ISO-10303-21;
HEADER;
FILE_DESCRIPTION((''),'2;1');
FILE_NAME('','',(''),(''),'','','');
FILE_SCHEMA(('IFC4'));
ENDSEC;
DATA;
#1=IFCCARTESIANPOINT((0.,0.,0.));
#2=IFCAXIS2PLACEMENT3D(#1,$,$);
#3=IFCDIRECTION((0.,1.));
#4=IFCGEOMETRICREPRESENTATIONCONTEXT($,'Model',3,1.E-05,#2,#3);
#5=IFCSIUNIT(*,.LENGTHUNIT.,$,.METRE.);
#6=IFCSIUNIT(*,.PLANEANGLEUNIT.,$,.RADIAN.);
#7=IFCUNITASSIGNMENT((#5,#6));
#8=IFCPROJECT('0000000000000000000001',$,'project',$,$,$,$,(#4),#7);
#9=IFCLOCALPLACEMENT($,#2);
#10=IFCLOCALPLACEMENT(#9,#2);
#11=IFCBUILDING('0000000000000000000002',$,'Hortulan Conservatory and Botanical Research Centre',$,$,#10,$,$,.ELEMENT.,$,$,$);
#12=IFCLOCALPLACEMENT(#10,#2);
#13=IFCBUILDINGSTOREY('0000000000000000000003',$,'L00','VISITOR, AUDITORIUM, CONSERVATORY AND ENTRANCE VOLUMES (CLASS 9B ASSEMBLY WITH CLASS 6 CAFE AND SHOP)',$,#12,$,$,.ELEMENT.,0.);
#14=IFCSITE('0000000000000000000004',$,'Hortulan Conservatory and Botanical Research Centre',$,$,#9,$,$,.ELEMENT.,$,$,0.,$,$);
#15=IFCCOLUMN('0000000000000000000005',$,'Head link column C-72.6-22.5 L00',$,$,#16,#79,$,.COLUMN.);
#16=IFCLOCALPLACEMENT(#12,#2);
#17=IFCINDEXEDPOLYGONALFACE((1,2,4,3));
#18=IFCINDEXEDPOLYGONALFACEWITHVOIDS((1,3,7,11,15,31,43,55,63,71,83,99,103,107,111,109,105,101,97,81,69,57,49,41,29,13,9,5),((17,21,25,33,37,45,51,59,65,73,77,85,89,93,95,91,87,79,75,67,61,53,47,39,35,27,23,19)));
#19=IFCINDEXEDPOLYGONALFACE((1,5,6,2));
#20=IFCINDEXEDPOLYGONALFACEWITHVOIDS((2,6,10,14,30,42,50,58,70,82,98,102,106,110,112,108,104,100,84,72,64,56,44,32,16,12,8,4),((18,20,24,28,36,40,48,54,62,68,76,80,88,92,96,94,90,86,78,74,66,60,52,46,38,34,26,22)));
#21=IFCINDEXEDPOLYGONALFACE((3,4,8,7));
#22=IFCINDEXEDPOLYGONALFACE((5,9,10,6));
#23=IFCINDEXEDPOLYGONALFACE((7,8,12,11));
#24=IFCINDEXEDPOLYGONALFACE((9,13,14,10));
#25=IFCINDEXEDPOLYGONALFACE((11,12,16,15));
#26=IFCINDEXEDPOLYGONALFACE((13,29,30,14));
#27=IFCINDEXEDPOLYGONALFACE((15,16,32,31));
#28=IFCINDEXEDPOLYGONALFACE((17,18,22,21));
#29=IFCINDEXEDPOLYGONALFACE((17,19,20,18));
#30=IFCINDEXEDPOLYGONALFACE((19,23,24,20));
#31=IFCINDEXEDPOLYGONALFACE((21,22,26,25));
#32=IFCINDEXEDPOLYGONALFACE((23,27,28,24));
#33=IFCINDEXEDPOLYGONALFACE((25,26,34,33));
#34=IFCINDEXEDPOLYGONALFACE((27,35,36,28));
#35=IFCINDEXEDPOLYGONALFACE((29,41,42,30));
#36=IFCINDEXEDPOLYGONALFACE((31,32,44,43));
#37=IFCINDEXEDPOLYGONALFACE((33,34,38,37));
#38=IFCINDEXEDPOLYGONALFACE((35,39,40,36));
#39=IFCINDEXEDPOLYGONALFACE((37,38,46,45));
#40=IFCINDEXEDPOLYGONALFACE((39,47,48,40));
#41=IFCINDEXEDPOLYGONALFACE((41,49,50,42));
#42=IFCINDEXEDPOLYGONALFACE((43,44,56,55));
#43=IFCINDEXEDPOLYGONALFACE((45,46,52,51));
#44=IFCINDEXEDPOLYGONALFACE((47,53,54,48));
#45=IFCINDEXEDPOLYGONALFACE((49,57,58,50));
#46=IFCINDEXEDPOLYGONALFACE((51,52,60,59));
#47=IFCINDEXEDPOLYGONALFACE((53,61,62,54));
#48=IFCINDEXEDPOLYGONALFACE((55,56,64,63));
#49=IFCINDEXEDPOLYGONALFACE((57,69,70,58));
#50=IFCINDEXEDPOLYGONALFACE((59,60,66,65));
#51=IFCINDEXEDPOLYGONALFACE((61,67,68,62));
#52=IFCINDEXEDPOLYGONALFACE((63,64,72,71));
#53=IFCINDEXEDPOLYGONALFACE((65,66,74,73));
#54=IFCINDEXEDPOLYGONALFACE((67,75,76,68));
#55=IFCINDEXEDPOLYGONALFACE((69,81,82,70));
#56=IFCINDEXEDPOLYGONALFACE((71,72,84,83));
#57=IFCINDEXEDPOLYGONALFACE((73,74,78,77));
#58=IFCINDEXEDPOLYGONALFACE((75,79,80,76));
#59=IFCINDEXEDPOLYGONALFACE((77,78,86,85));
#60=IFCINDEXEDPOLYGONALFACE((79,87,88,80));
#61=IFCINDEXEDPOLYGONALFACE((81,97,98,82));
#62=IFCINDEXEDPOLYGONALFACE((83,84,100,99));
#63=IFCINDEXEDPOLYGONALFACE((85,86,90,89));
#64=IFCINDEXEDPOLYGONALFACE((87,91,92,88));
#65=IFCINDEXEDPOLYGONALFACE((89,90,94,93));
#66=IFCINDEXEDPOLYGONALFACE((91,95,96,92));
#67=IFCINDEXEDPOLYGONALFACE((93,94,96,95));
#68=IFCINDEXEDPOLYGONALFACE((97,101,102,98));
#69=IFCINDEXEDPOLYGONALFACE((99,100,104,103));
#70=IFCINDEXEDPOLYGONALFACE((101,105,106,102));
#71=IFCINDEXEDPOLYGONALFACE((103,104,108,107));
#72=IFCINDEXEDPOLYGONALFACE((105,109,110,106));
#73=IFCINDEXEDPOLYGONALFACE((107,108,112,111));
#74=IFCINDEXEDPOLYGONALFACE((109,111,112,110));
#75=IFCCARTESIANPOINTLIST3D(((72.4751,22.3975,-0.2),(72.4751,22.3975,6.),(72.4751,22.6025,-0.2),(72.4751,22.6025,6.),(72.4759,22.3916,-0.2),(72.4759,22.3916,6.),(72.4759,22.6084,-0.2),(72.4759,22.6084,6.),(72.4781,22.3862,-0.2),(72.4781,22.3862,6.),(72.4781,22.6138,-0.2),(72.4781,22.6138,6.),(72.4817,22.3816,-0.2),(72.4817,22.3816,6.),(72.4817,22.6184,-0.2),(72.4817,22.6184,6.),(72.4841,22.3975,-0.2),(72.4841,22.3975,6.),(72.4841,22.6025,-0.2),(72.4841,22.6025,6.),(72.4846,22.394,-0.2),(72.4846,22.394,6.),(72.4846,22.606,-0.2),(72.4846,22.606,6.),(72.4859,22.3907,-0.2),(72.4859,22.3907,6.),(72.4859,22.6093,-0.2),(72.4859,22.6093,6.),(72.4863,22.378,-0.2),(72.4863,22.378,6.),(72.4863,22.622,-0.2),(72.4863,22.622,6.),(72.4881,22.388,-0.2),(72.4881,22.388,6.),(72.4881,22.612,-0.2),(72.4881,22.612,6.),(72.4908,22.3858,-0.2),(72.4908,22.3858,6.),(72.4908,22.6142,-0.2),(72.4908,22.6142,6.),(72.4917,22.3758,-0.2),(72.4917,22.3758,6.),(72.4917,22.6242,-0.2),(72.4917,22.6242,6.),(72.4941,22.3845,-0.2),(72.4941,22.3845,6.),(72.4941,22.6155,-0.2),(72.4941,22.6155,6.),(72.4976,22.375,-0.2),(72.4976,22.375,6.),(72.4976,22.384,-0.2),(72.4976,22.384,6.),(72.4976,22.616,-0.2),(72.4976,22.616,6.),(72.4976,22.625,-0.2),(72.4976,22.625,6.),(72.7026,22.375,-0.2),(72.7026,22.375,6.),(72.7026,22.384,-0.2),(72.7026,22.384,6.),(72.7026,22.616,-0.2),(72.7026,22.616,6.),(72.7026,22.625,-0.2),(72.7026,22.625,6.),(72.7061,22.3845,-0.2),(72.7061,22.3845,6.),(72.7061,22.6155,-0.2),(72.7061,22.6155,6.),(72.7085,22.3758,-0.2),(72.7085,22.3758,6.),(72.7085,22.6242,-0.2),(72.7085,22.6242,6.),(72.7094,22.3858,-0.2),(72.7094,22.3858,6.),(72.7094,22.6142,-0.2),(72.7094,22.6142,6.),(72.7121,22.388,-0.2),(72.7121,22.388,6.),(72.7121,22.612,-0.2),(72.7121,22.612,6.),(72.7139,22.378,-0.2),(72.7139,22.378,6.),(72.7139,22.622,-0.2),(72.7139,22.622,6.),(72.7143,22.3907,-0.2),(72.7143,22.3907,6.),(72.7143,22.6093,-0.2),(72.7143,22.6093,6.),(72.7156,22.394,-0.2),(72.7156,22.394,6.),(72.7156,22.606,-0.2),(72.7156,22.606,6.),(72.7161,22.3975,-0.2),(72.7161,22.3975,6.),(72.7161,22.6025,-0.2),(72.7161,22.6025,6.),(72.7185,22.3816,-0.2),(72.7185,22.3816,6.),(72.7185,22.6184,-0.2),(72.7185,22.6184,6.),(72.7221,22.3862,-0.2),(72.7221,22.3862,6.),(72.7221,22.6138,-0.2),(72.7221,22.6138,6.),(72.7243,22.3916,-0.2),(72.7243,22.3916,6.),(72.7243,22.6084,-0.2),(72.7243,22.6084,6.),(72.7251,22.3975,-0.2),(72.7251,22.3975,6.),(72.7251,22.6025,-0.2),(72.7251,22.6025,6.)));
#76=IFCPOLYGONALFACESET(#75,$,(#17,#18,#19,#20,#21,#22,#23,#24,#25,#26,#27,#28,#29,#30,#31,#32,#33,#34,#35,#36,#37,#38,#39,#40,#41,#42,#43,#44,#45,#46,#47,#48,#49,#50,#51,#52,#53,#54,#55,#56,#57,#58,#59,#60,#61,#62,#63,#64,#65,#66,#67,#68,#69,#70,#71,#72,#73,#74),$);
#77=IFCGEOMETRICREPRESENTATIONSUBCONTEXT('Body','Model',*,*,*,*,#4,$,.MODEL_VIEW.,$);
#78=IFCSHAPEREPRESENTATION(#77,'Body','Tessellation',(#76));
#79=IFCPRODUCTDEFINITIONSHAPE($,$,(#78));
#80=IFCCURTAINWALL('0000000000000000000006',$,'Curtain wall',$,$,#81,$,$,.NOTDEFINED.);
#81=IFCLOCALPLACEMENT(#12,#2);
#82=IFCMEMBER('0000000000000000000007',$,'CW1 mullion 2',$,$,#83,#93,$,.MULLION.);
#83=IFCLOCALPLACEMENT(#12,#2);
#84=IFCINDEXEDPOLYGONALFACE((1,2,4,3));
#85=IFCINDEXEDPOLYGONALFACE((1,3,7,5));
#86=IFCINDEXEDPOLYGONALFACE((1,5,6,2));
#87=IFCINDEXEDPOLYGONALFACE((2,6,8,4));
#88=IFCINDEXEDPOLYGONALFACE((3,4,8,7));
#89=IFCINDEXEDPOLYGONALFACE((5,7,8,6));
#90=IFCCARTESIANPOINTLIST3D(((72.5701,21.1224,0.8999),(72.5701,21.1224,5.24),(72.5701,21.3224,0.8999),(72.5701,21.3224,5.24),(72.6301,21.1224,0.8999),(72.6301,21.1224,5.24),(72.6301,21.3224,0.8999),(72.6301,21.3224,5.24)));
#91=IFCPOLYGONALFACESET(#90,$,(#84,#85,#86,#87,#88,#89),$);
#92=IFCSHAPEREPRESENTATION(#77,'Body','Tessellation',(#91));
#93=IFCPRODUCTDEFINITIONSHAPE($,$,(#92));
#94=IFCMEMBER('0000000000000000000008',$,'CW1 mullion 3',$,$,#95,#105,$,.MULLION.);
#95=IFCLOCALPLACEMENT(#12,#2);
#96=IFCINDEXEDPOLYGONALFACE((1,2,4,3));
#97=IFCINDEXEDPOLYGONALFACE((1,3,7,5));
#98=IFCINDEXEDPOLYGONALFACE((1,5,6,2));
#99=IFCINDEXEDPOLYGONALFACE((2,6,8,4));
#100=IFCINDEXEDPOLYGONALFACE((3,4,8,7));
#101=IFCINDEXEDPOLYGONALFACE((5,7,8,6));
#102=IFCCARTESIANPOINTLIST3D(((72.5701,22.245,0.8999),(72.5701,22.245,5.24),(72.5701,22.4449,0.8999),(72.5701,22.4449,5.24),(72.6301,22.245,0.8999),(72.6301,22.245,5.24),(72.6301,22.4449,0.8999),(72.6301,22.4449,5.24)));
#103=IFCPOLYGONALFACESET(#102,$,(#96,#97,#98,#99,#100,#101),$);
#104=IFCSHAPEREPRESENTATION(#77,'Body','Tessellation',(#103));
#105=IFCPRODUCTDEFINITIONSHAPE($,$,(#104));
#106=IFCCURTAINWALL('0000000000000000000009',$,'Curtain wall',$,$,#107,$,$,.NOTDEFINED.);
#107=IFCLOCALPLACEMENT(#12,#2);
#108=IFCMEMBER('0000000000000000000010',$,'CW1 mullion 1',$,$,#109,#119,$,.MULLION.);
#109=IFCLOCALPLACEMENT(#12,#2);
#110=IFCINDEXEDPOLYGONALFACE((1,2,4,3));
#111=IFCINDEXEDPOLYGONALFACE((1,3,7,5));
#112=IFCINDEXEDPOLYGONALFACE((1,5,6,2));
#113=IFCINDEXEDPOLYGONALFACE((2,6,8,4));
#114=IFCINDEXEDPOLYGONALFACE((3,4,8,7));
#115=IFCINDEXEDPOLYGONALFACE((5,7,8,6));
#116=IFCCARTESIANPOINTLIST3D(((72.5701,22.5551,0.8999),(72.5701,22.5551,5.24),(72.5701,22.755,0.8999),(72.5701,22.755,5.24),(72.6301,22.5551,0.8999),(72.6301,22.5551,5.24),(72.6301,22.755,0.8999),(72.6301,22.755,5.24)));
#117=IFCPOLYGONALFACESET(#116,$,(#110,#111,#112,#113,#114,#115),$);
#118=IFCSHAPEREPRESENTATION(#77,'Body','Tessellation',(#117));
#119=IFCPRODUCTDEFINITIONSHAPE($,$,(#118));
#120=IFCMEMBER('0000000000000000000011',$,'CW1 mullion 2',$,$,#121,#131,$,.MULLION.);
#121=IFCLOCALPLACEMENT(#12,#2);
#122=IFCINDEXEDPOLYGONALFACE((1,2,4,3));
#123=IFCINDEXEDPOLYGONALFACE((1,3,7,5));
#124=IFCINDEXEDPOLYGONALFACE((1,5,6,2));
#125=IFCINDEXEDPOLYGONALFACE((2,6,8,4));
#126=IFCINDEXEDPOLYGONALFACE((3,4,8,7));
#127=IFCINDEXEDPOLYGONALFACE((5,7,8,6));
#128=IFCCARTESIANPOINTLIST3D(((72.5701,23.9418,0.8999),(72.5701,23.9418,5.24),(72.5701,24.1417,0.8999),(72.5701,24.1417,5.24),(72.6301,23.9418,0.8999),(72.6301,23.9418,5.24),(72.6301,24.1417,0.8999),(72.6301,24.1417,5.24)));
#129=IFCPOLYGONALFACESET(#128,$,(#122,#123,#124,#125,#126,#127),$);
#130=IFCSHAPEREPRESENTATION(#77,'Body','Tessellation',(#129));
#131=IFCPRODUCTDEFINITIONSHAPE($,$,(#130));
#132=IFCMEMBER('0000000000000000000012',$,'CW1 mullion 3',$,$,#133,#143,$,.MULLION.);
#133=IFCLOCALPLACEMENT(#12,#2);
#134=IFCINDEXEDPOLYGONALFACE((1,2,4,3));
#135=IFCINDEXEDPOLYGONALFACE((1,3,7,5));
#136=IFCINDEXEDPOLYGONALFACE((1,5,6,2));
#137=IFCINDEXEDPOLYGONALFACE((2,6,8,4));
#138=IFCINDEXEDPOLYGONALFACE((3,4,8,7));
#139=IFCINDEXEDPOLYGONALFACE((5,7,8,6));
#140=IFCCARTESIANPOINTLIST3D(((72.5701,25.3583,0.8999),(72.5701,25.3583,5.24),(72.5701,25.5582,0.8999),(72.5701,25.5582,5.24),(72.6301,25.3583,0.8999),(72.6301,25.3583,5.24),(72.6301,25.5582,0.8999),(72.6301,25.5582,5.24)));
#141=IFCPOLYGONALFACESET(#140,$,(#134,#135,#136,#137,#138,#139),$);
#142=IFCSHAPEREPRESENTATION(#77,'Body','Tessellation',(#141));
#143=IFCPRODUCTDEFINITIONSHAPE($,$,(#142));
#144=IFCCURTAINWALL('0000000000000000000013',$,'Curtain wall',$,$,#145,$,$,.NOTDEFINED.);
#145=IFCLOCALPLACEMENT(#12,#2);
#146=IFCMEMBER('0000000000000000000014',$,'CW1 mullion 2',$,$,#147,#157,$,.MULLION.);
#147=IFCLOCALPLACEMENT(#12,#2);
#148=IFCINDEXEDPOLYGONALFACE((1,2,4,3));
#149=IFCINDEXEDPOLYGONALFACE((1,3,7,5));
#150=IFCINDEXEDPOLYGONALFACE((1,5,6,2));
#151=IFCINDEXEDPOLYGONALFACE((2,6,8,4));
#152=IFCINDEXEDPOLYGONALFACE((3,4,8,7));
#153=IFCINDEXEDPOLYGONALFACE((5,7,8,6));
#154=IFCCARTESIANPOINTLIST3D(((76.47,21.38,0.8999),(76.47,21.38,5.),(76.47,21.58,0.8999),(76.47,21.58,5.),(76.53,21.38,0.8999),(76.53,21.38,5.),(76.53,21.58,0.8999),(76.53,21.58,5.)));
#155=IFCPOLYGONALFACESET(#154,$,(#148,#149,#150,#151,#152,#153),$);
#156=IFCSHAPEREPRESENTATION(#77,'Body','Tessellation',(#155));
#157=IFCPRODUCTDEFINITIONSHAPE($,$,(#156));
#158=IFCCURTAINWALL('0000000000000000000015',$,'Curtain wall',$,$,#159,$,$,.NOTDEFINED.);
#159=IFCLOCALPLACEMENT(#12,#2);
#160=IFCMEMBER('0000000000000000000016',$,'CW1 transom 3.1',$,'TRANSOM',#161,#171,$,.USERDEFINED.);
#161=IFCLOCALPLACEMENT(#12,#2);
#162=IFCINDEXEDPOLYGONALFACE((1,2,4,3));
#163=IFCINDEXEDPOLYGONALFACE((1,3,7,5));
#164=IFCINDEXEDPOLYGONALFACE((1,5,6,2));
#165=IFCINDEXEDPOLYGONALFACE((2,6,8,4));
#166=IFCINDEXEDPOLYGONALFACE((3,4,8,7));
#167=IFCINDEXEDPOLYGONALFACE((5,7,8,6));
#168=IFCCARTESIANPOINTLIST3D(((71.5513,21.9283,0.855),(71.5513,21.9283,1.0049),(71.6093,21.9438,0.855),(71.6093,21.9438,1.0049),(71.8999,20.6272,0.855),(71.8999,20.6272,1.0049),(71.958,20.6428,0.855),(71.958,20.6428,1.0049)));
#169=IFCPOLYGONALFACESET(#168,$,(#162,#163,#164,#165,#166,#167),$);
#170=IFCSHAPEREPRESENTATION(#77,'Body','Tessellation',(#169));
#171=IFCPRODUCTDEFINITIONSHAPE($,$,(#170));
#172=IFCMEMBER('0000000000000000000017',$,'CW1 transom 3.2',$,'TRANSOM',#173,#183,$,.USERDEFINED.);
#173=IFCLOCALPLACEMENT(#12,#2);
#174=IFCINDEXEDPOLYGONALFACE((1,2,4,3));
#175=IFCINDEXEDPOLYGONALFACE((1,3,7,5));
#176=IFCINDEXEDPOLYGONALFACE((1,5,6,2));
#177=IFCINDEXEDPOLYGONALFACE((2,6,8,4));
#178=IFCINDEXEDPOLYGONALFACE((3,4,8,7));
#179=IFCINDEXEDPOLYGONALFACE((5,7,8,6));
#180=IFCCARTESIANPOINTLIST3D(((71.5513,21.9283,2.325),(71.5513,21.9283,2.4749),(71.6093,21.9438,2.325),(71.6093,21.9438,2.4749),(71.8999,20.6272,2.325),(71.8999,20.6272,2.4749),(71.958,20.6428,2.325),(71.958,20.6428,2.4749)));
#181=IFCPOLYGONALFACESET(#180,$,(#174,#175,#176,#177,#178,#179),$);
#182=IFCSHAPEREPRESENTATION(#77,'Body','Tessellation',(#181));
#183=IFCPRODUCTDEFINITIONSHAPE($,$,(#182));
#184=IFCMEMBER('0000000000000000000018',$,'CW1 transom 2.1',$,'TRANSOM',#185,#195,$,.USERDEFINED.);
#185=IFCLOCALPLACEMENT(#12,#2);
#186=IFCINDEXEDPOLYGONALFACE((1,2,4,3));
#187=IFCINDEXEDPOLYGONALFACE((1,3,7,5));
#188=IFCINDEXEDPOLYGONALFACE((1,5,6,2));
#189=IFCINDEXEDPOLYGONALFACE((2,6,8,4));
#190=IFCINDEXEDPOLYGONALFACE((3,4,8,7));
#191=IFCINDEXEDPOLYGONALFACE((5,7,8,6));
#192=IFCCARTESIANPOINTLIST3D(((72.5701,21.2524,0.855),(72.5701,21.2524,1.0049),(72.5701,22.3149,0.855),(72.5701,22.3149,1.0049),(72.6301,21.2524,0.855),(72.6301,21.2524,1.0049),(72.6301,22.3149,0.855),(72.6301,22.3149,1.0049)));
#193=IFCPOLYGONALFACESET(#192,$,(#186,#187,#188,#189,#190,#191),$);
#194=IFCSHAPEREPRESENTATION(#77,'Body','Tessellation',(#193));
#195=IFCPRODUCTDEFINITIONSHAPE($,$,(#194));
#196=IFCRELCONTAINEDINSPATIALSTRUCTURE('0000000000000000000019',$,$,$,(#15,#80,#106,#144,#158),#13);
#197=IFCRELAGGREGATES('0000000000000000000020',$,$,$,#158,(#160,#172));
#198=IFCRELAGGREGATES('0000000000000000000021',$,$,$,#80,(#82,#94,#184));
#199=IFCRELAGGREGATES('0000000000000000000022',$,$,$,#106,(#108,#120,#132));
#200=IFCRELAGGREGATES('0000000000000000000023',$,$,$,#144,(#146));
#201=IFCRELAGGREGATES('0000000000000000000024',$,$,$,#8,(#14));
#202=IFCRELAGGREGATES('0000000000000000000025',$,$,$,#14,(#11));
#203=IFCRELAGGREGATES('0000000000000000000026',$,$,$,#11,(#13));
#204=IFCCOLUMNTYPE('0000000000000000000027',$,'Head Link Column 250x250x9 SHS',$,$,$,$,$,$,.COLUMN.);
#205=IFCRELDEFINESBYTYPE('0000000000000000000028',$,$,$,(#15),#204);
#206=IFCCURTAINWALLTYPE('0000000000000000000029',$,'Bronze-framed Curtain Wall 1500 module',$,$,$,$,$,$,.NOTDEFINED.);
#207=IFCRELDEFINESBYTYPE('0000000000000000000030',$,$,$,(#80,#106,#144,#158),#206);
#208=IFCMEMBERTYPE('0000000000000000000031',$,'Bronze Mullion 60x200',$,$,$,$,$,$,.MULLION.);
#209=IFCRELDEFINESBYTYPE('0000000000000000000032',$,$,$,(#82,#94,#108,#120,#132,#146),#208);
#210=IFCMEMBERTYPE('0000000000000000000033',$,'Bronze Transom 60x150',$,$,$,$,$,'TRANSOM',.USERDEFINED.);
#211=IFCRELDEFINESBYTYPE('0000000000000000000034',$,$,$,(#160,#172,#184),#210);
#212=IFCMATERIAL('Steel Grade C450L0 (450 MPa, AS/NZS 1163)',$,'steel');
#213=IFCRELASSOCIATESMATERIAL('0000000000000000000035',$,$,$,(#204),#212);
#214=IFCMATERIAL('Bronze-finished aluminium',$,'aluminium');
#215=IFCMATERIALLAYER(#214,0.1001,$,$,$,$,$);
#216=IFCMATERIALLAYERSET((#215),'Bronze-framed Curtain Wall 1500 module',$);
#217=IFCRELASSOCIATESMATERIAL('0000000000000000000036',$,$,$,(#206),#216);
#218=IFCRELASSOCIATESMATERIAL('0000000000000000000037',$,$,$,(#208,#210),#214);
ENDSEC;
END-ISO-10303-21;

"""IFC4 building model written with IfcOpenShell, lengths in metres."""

from ifc_helpers import new_model, si_unit, direction, frame, origin, origin_2d, place, context, subcontext, project, spatial, rectangle, hollow_rectangle, extrude, material, layer, layer_set, material_profile, profile_set, type_object, element, aggregate, save


model = new_model("IFC4")

# Units and contexts
model_context = context("Model", 3, precision=1e-05, world=origin(), true_north=direction((0.0, 1.0)))
body_context = subcontext(model_context, "Body", "Model", "MODEL_VIEW")
ifc_project = project(units=[si_unit("LENGTHUNIT", "METRE"), si_unit("PLANEANGLEUNIT", "RADIAN")], contexts=[model_context])

# Site, building, storey
site_placement = place(None, origin())
site = spatial("IfcSite", under=ifc_project, at=site_placement, Name="Hortulan Conservatory and Botanical Research Centre", CompositionType="ELEMENT", RefElevation=0.0)
building_placement = place(site_placement, origin())
building = spatial("IfcBuilding", under=site, at=building_placement, Name="Hortulan Conservatory and Botanical Research Centre", CompositionType="ELEMENT")
storey_placement = place(building_placement, origin())
storey = spatial("IfcBuildingStorey", under=building, at=storey_placement, Name="L00", Description="VISITOR, AUDITORIUM, CONSERVATORY AND ENTRANCE VOLUMES (CLASS 9B ASSEMBLY WITH CLASS 6 CAFE AND SHOP)", CompositionType="ELEMENT", Elevation=0.0)

# Column
ifc_material_1 = material(Name="Steel Grade C450L0 (450 MPa, AS/NZS 1163)", Category="steel")
ifc_material_profile_1 = material_profile(ifc_material_1, hollow_rectangle(XDim=0.25, YDim=0.25, WallThickness=0.009, InnerFilletRadius=0.0134, OuterFilletRadius=0.0225, at=origin_2d()), Name="250x250x9SHS")
ifc_profile_set_1 = profile_set([ifc_material_profile_1], Name="Steel Grade C450L0 (450 MPa, AS/NZS 1163)")
column_type = type_object("IfcColumnType", Name="Head Link Column 250x250x9 SHS", PredefinedType="COLUMN", material=ifc_profile_set_1)
column_placement = place(storey_placement, frame((72.6001, 22.5, -0.2), z_axis=(0.0, 0.0, 1.0), x_axis=(1.0, 0.0, 0.0)))
element("IfcColumn", 1, at=column_placement, inside=storey, type_object=column_type, Name="Head link column C-72.6-22.5 L00", PredefinedType="COLUMN", context=body_context, shape_type="SweptSolid", body=[
    extrude(hollow_rectangle(XDim=0.25, YDim=0.25, WallThickness=0.009, InnerFilletRadius=0.0134, OuterFilletRadius=0.0225, at=origin_2d()), origin(), (0.0, 0.0, 1.0), 6.2),
])

# Curtain walls, members
ifc_material_2 = material(Name="Bronze-finished aluminium", Category="aluminium")
ifc_layer_1 = layer(ifc_material_2, 0.1001)
ifc_layer_set_1 = layer_set([ifc_layer_1], Name="Bronze-framed Curtain Wall 1500 module")
curtain_wall_type = type_object("IfcCurtainWallType", Name="Bronze-framed Curtain Wall 1500 module", PredefinedType="NOTDEFINED", material=ifc_layer_set_1)
curtain_wall_1_placement = place(storey_placement, origin())
curtain_wall_1 = element("IfcCurtainWall", 2, at=curtain_wall_1_placement, inside=storey, type_object=curtain_wall_type, Name="Curtain wall", PredefinedType="NOTDEFINED")
ifc_material_profile_2 = material_profile(ifc_material_2, rectangle(XDim=0.0601, YDim=0.2, at=origin_2d()), Name="Bronze Mullion 60x200")
ifc_profile_set_2 = profile_set([ifc_material_profile_2], Name="Bronze-finished aluminium")
member_type_1 = type_object("IfcMemberType", Name="Bronze Mullion 60x200", PredefinedType="MULLION", material=ifc_profile_set_2)
member_1_placement = place(storey_placement, frame((72.6001, 21.2224, 0.8999), z_axis=(0.0, 0.0, 1.0), x_axis=(-1.0, 0.0, 0.0)))
member_1 = element("IfcMember", 3, at=member_1_placement, type_object=member_type_1, Name="CW1 mullion 2", PredefinedType="MULLION", context=body_context, shape_type="SweptSolid", body=[
    extrude(rectangle(XDim=0.0601, YDim=0.2, at=origin_2d()), origin(), (0.0, 0.0, 1.0), 4.3401),
])
member_2_placement = place(storey_placement, frame((72.6001, 22.345, 0.8999), z_axis=(0.0, 0.0, 1.0), x_axis=(-1.0, 0.0, 0.0)))
member_2 = element("IfcMember", 4, at=member_2_placement, type_object=member_type_1, Name="CW1 mullion 3", PredefinedType="MULLION", context=body_context, shape_type="SweptSolid", body=[
    extrude(rectangle(XDim=0.0601, YDim=0.2, at=origin_2d()), origin(), (0.0, 0.0, 1.0), 4.3401),
])
curtain_wall_2_placement = place(storey_placement, origin())
curtain_wall_2 = element("IfcCurtainWall", 5, at=curtain_wall_2_placement, inside=storey, type_object=curtain_wall_type, Name="Curtain wall", PredefinedType="NOTDEFINED")
member_3_placement = place(storey_placement, frame((72.6001, 22.655, 0.8999), z_axis=(0.0, 0.0, 1.0), x_axis=(-1.0, 0.0, 0.0)))
member_3 = element("IfcMember", 6, at=member_3_placement, type_object=member_type_1, Name="CW1 mullion 1", PredefinedType="MULLION", context=body_context, shape_type="SweptSolid", body=[
    extrude(rectangle(XDim=0.0601, YDim=0.2, at=origin_2d()), origin(), (0.0, 0.0, 1.0), 4.3401),
])
member_4_placement = place(storey_placement, frame((72.6001, 24.0417, 0.8999), z_axis=(0.0, 0.0, 1.0), x_axis=(-1.0, 0.0, 0.0)))
member_4 = element("IfcMember", 7, at=member_4_placement, type_object=member_type_1, Name="CW1 mullion 2", PredefinedType="MULLION", context=body_context, shape_type="SweptSolid", body=[
    extrude(rectangle(XDim=0.0601, YDim=0.2, at=origin_2d()), origin(), (0.0, 0.0, 1.0), 4.3401),
])
member_5_placement = place(storey_placement, frame((72.6001, 25.4583, 0.8999), z_axis=(0.0, 0.0, 1.0), x_axis=(-1.0, 0.0, 0.0)))
member_5 = element("IfcMember", 8, at=member_5_placement, type_object=member_type_1, Name="CW1 mullion 3", PredefinedType="MULLION", context=body_context, shape_type="SweptSolid", body=[
    extrude(rectangle(XDim=0.0601, YDim=0.2, at=origin_2d()), origin(), (0.0, 0.0, 1.0), 4.3401),
])

# Curtain wall, member
curtain_wall_3_placement = place(storey_placement, origin())
curtain_wall_3 = element("IfcCurtainWall", 9, at=curtain_wall_3_placement, inside=storey, type_object=curtain_wall_type, Name="Curtain wall", PredefinedType="NOTDEFINED")
member_6_placement = place(storey_placement, frame((76.5, 21.48, 0.8999), z_axis=(0.0, 0.0, 1.0), x_axis=(1.0, 0.0, 0.0)))
member_6 = element("IfcMember", 10, at=member_6_placement, type_object=member_type_1, Name="CW1 mullion 2", PredefinedType="MULLION", context=body_context, shape_type="SweptSolid", body=[
    extrude(rectangle(XDim=0.0601, YDim=0.2, at=origin_2d()), origin(), (0.0, 0.0, 1.0), 4.1001),
])

# Curtain wall, members
curtain_wall_4_placement = place(storey_placement, origin())
curtain_wall_4 = element("IfcCurtainWall", 11, at=curtain_wall_4_placement, inside=storey, type_object=curtain_wall_type, Name="Curtain wall", PredefinedType="NOTDEFINED")
ifc_material_profile_3 = material_profile(ifc_material_2, rectangle(XDim=0.0601, YDim=0.1499, at=origin_2d()), Name="Bronze Transom 60x150")
ifc_profile_set_3 = profile_set([ifc_material_profile_3], Name="Bronze-finished aluminium")
member_type_2 = type_object("IfcMemberType", Name="Bronze Transom 60x150", ElementType="TRANSOM", PredefinedType="USERDEFINED", material=ifc_profile_set_3)
member_7_placement = place(storey_placement, frame((71.5803, 21.936, 0.9299), z_axis=(0.258836, -0.965921, 0.0), x_axis=(0.965921, 0.258836, 0.0)))
member_7 = element("IfcMember", 12, at=member_7_placement, type_object=member_type_2, Name="CW1 transom 3.1", ObjectType="TRANSOM", PredefinedType="USERDEFINED", context=body_context, shape_type="SweptSolid", body=[
    extrude(rectangle(XDim=0.0601, YDim=0.1499, at=origin_2d()), origin(), (0.0, 0.0, 1.0), 1.3469),
])
member_8_placement = place(storey_placement, frame((71.5803, 21.936, 2.3999), z_axis=(0.258836, -0.965921, 0.0), x_axis=(0.965921, 0.258836, 0.0)))
member_8 = element("IfcMember", 13, at=member_8_placement, type_object=member_type_2, Name="CW1 transom 3.2", ObjectType="TRANSOM", PredefinedType="USERDEFINED", context=body_context, shape_type="SweptSolid", body=[
    extrude(rectangle(XDim=0.0601, YDim=0.1499, at=origin_2d()), origin(), (0.0, 0.0, 1.0), 1.3469),
])

# Member
member_9_placement = place(storey_placement, frame((72.6001, 21.2524, 0.9299), z_axis=(0.0, 1.0, 0.0), x_axis=(-1.0, 0.0, 0.0)))
member_9 = element("IfcMember", 14, at=member_9_placement, type_object=member_type_2, Name="CW1 transom 2.1", ObjectType="TRANSOM", PredefinedType="USERDEFINED", context=body_context, shape_type="SweptSolid", body=[
    extrude(rectangle(XDim=0.0601, YDim=0.1499, at=origin_2d()), origin(), (0.0, 0.0, 1.0), 1.0625),
])

aggregate(curtain_wall_4, [member_7, member_8])
aggregate(curtain_wall_1, [member_1, member_2, member_9])
aggregate(curtain_wall_2, [member_3, member_4, member_5])
aggregate(curtain_wall_3, [member_6])

save(model, "model.ifc")
